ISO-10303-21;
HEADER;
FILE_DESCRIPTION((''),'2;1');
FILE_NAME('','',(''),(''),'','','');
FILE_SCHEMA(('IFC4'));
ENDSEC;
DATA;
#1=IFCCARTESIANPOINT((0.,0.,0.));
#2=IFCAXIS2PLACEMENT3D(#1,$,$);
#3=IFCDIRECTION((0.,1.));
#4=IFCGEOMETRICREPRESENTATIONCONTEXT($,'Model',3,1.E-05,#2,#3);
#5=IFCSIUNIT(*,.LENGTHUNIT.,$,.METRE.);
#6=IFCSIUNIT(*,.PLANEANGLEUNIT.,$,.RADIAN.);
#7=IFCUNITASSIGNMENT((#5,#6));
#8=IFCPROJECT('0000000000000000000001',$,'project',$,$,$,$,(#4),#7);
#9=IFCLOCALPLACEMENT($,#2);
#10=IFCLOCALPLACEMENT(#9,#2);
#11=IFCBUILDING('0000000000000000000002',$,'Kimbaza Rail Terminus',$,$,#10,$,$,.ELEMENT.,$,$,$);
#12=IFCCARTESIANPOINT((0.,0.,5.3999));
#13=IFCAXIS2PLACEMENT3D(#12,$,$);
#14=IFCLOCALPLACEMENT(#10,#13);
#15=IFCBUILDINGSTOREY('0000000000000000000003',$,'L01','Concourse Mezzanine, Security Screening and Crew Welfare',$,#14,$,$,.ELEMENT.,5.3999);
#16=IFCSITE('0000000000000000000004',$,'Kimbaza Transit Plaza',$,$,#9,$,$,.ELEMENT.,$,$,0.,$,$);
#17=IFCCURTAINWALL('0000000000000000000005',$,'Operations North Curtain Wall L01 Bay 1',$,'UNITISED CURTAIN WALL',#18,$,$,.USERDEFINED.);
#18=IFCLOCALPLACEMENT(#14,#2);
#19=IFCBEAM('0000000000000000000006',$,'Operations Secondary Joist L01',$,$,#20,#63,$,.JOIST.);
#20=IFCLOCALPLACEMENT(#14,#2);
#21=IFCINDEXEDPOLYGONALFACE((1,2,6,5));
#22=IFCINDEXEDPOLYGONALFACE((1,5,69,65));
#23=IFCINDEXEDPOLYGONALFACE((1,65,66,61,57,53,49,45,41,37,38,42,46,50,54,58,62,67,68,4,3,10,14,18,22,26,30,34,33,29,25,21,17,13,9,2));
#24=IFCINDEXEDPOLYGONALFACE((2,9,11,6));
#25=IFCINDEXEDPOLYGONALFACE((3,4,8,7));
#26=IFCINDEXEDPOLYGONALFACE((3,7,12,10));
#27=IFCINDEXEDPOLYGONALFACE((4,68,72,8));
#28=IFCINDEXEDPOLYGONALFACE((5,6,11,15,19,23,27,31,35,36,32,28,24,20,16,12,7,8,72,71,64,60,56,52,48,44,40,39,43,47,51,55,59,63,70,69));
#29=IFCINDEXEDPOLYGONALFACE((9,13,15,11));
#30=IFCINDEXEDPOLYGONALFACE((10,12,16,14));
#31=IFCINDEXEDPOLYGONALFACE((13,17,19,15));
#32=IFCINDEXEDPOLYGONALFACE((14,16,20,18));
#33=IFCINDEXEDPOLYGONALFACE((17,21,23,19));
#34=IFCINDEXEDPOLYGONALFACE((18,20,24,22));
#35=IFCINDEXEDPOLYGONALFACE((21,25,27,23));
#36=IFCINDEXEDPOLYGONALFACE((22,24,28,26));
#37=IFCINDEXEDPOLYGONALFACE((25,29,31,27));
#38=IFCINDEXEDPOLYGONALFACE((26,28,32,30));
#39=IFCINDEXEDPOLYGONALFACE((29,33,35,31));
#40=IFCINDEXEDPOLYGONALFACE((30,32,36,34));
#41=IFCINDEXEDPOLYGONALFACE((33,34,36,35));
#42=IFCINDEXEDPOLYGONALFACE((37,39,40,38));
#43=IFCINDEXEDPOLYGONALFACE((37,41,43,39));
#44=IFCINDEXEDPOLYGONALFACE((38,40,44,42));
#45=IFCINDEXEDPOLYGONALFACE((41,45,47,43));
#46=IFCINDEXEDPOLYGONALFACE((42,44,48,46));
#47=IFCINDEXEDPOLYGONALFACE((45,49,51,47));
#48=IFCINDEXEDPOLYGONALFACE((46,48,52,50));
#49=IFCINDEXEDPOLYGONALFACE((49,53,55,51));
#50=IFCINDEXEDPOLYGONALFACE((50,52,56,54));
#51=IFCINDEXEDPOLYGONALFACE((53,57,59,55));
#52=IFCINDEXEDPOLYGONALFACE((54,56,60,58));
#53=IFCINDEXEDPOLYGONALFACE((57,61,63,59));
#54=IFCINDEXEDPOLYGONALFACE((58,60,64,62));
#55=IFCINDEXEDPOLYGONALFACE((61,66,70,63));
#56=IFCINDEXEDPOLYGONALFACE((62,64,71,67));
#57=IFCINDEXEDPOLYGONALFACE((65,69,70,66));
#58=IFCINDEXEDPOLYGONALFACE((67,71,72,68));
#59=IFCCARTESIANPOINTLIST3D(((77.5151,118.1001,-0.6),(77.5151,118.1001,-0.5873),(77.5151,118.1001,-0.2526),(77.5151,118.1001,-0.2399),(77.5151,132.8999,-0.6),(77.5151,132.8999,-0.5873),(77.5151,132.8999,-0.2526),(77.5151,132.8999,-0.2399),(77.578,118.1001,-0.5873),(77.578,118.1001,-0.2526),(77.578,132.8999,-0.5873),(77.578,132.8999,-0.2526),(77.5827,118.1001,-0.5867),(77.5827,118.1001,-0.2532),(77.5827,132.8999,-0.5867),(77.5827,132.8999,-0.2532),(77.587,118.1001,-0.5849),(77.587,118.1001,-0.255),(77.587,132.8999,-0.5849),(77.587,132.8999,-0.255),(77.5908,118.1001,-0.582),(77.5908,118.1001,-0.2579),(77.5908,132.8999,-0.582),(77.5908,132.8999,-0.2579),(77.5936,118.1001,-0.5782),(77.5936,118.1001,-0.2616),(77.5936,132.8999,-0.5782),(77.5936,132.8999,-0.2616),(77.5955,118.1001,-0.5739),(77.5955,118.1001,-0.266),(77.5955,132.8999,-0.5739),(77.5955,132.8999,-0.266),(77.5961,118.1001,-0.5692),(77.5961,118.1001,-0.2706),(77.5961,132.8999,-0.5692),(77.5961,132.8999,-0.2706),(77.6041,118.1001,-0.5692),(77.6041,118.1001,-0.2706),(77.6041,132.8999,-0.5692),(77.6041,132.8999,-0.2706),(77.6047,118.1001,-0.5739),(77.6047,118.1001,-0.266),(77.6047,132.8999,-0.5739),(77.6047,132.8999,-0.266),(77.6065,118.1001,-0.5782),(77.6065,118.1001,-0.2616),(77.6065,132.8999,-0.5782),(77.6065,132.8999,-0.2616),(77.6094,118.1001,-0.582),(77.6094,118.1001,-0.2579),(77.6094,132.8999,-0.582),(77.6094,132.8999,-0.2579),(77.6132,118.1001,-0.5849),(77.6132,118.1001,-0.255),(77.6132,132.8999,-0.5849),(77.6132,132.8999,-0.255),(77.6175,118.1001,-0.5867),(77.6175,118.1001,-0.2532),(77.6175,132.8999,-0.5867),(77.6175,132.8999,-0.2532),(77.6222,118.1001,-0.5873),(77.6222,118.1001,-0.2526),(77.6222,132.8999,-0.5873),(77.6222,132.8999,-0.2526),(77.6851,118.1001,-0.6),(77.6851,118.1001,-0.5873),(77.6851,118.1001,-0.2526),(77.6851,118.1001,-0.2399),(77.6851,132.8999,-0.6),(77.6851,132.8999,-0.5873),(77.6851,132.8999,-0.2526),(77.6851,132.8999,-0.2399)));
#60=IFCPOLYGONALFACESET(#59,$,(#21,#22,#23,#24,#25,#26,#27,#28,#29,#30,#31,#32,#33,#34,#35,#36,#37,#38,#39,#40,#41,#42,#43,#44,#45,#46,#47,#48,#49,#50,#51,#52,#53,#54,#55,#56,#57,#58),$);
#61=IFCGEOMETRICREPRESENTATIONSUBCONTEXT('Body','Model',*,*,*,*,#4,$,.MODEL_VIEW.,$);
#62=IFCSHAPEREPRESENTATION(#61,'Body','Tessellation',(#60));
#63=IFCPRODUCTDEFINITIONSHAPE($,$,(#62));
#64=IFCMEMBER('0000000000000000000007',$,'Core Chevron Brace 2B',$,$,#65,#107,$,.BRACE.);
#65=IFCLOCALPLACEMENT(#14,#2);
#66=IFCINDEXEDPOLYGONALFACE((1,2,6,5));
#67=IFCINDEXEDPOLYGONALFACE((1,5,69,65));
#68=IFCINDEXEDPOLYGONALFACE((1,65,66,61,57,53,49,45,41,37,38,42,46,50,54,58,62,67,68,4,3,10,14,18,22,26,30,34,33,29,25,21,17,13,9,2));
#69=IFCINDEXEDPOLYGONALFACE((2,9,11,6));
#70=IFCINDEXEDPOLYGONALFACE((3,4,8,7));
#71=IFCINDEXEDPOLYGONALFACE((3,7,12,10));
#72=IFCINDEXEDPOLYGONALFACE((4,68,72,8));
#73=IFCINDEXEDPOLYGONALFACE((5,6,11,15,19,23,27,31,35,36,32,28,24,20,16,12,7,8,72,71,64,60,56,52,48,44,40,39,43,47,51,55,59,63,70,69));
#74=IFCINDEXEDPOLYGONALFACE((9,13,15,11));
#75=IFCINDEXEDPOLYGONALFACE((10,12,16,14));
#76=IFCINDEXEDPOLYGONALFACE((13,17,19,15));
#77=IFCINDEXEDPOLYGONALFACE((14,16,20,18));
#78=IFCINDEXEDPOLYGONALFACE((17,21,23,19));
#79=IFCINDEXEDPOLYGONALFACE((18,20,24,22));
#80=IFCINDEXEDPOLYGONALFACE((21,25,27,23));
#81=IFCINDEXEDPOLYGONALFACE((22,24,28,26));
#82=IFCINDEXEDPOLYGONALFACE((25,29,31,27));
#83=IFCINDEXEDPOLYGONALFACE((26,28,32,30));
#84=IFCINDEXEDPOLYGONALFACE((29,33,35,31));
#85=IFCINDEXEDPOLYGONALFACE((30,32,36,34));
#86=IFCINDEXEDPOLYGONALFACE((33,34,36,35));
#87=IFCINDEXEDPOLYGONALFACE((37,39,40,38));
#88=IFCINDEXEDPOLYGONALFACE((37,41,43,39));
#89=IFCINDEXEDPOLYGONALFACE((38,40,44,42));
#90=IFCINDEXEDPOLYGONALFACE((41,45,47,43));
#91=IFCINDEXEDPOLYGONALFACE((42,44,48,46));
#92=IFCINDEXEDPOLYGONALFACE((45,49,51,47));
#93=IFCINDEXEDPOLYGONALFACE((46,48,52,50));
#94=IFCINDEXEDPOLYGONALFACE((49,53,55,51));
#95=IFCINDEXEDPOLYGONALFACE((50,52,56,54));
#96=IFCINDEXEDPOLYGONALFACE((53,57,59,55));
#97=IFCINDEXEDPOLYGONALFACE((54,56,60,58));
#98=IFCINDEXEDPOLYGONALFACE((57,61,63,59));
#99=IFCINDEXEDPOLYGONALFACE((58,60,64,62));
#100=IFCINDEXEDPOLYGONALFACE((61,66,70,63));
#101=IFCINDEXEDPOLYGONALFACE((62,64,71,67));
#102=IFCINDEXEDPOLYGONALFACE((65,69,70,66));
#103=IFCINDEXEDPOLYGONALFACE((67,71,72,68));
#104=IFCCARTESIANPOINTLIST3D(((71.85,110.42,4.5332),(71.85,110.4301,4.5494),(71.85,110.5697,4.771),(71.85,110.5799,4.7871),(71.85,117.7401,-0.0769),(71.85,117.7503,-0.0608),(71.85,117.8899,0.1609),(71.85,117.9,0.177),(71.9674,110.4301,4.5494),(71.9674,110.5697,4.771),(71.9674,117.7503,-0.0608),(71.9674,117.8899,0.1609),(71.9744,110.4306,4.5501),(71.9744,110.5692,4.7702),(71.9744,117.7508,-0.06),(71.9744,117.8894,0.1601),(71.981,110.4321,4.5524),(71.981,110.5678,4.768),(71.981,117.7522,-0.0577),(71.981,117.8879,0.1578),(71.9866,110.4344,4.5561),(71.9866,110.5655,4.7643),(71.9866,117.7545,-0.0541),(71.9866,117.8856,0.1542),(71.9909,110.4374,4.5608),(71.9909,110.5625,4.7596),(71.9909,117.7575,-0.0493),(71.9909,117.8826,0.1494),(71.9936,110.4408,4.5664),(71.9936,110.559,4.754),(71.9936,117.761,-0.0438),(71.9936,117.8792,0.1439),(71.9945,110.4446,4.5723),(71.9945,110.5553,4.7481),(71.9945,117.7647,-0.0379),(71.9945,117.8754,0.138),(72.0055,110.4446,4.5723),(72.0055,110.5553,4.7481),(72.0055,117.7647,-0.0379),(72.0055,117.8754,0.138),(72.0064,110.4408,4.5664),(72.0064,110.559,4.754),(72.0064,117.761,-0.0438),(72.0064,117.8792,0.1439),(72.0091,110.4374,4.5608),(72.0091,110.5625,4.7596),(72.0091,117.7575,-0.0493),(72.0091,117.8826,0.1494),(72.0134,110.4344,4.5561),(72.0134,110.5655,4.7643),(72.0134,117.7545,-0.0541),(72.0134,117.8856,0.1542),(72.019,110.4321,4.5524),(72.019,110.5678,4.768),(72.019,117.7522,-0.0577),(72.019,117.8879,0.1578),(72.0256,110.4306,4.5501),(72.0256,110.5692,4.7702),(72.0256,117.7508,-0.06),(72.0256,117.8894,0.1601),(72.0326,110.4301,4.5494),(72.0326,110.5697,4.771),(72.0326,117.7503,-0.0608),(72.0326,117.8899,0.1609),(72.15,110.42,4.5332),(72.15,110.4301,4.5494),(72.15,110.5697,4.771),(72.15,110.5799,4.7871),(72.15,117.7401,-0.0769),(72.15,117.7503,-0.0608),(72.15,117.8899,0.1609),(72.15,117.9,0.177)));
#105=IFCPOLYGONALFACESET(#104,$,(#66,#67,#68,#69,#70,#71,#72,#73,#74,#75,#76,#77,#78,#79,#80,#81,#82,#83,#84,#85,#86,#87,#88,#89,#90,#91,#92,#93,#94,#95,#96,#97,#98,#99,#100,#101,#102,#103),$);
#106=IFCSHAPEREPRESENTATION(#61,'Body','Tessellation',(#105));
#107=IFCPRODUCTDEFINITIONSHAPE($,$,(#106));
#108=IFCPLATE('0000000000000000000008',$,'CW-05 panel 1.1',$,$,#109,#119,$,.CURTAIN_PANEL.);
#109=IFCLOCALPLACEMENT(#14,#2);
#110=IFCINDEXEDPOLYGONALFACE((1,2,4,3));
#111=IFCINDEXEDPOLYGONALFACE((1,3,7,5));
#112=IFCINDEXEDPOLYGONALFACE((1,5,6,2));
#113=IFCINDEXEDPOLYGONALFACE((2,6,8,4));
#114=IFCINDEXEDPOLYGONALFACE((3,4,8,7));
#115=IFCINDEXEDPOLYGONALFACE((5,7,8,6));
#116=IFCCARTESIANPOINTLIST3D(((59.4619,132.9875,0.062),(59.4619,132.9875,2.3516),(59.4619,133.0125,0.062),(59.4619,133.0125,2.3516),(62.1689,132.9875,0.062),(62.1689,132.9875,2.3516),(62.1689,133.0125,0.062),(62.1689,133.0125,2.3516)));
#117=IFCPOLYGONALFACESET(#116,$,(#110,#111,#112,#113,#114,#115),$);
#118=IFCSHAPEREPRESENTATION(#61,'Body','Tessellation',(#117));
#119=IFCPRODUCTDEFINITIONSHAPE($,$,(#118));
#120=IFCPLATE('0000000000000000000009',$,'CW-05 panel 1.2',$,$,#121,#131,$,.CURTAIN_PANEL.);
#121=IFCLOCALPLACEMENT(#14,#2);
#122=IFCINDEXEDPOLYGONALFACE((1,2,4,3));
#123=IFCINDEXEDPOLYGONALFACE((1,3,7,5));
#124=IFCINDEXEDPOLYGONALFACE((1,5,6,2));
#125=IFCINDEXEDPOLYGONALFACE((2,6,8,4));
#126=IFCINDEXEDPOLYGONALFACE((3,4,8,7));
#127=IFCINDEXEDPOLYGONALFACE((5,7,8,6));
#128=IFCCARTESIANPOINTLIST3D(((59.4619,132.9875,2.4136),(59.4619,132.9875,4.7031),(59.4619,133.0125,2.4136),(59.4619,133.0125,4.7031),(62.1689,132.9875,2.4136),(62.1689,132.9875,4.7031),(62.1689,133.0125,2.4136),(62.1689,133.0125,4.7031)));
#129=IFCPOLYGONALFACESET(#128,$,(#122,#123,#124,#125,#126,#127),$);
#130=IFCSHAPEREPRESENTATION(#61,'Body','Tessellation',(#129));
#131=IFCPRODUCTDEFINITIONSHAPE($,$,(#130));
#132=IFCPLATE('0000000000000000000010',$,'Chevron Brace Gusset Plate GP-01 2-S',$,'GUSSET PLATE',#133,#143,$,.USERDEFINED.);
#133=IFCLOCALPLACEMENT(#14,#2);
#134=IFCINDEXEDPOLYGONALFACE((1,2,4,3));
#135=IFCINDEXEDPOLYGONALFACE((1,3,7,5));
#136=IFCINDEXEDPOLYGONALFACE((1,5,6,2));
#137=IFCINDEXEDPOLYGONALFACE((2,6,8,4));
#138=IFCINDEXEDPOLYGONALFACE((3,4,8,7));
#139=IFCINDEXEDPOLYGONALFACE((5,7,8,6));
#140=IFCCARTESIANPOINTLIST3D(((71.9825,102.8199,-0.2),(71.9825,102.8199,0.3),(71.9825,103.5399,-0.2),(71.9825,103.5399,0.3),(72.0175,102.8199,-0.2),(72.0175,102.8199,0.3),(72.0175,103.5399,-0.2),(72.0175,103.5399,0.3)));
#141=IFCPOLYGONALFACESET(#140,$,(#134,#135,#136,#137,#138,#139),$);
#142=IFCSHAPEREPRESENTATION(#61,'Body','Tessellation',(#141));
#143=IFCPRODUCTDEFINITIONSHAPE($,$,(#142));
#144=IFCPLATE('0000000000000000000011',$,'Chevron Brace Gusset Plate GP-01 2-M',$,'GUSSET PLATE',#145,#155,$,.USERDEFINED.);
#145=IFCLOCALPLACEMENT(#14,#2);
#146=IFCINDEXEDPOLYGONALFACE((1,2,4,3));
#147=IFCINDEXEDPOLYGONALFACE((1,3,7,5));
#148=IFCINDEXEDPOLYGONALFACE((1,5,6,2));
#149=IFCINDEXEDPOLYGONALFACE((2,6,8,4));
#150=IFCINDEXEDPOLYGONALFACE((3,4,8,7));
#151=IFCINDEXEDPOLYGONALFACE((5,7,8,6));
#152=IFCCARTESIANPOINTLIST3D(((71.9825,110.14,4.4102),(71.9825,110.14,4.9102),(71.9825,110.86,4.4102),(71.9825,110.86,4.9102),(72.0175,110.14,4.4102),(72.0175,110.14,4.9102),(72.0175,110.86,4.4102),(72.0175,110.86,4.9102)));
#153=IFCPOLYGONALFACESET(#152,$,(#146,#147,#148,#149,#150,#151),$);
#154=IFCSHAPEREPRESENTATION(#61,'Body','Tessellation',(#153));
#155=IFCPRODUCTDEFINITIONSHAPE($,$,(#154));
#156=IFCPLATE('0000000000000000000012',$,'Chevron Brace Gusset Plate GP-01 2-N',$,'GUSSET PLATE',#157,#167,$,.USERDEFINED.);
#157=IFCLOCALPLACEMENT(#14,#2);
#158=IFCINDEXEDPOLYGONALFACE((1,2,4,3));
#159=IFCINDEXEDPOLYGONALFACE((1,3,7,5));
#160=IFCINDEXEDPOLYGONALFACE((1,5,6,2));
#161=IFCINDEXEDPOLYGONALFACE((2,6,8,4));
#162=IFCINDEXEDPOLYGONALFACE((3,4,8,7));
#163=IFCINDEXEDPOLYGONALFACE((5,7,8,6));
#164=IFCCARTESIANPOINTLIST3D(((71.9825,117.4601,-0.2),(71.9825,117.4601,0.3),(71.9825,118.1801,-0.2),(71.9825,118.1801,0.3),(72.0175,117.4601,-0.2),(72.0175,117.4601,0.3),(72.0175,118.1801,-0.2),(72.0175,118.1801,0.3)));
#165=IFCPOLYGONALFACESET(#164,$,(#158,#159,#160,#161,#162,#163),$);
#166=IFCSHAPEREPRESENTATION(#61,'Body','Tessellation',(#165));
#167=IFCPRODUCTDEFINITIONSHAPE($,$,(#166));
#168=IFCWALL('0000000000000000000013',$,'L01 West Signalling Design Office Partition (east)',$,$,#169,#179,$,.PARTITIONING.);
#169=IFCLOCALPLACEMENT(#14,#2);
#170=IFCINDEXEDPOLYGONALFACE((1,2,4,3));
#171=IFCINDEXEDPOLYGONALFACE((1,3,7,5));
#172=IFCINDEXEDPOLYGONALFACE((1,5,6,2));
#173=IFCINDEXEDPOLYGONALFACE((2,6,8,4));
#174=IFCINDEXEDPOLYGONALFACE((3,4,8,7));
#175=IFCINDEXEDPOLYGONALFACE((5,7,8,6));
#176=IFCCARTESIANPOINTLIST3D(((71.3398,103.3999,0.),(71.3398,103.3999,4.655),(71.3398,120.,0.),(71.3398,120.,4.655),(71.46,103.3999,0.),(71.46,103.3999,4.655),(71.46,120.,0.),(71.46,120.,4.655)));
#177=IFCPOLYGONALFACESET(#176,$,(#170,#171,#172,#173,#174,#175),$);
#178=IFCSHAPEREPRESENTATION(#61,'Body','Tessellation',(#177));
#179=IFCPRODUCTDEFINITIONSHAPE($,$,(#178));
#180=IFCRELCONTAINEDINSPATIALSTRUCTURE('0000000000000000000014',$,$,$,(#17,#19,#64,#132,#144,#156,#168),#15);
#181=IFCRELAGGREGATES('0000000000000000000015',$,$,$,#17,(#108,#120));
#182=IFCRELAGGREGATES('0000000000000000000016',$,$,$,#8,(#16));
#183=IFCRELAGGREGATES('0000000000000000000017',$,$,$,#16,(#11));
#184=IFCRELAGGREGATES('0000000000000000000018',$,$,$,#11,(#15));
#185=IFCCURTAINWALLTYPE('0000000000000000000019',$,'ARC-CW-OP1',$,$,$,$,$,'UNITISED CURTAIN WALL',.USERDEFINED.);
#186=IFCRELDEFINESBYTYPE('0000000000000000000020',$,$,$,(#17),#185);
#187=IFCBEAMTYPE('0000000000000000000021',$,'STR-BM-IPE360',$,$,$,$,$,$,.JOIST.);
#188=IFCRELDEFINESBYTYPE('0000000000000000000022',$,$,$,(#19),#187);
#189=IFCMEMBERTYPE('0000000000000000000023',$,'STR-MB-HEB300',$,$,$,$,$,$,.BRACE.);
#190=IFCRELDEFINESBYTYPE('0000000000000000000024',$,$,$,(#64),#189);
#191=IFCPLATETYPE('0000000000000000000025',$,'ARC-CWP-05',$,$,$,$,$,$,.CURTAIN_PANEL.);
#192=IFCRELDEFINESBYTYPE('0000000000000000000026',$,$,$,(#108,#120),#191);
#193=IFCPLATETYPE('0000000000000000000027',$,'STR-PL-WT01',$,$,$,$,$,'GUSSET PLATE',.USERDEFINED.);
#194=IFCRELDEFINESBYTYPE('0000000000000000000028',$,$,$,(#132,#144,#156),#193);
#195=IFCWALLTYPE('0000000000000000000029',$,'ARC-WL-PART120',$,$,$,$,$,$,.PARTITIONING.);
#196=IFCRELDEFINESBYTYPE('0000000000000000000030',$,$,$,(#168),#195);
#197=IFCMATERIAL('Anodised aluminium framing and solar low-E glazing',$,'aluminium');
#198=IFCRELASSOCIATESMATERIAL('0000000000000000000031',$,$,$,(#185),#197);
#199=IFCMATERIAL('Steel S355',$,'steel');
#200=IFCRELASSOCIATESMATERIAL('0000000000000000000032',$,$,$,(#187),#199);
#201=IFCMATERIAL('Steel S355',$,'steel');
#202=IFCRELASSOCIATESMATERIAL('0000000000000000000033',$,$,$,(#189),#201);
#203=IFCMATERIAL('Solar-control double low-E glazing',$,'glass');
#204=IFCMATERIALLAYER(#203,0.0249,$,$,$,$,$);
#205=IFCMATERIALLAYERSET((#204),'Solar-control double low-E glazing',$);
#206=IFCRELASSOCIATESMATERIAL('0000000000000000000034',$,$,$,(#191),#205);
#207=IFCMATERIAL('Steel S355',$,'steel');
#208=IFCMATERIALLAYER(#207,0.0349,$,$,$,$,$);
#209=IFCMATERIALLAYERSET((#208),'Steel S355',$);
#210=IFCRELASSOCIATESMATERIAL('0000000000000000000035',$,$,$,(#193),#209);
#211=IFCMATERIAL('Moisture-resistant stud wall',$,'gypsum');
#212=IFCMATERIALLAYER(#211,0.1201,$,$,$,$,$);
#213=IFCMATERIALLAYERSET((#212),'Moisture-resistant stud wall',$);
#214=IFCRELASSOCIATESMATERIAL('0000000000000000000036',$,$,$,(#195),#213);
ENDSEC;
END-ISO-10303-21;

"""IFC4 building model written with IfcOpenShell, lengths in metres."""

from ifc_helpers import new_model, si_unit, direction, frame, frame_2d, origin, origin_2d, place, context, subcontext, project, spatial, rectangle, i_section, extrude, material, layer, layer_set, material_profile, profile_set, type_object, element, aggregate, save


model = new_model("IFC4")

# Units and contexts
model_context = context("Model", 3, precision=1e-05, world=origin(), true_north=direction((0.0, 1.0)))
body_context = subcontext(model_context, "Body", "Model", "MODEL_VIEW")
ifc_project = project(units=[si_unit("LENGTHUNIT", "METRE"), si_unit("PLANEANGLEUNIT", "RADIAN")], contexts=[model_context])

# Site, building, storey
site_placement = place(None, origin())
site = spatial("IfcSite", under=ifc_project, at=site_placement, Name="Kimbaza Transit Plaza", CompositionType="ELEMENT", RefElevation=0.0)
building_placement = place(site_placement, origin())
building = spatial("IfcBuilding", under=site, at=building_placement, Name="Kimbaza Rail Terminus", CompositionType="ELEMENT")
storey_placement = place(building_placement, frame((0.0, 0.0, 5.3999)))
storey = spatial("IfcBuildingStorey", under=building, at=storey_placement, Name="L01", Description="Concourse Mezzanine, Security Screening and Crew Welfare", CompositionType="ELEMENT", Elevation=5.3999)

# Curtain wall
ifc_material_1 = material(Name="Anodised aluminium framing and solar low-E glazing", Category="aluminium")
curtain_wall_type = type_object("IfcCurtainWallType", Name="ARC-CW-OP1", ElementType="UNITISED CURTAIN WALL", PredefinedType="USERDEFINED", material=ifc_material_1)
curtain_wall_placement = place(storey_placement, origin())
curtain_wall = element("IfcCurtainWall", 1, at=curtain_wall_placement, inside=storey, type_object=curtain_wall_type, Name="Operations North Curtain Wall L01 Bay 1", ObjectType="UNITISED CURTAIN WALL", PredefinedType="USERDEFINED")

# Beam
ifc_material_2 = material(Name="Steel S355", Category="steel")
ifc_material_profile_1 = material_profile(ifc_material_2, i_section(OverallWidth=0.1699, OverallDepth=0.3601, WebThickness=0.0081, FlangeThickness=0.0127, FilletRadius=0.0181, at=origin_2d()), Name="IPE 360")
ifc_profile_set_1 = profile_set([ifc_material_profile_1], Name="Steel S355")
beam_type_1 = type_object("IfcBeamType", Name="STR-BM-IPE360", PredefinedType="JOIST", material=ifc_profile_set_1)
for number, where, z_axis, x_axis, name in (
    (2, (77.6001, 118.1001, -0.4199), (0.0, 1.0, 0.0), (-1.0, 0.0, 0.0), "Operations Secondary Joist L01"),
):
    element("IfcBeam", number, at=place(storey_placement, frame(where, z_axis=z_axis, x_axis=x_axis)), inside=storey, type_object=beam_type_1, Name=name, PredefinedType="JOIST", context=body_context, shape_type="SweptSolid", body=[
        extrude(i_section(OverallWidth=0.1699, OverallDepth=0.3601, WebThickness=0.0081, FlangeThickness=0.0127, FilletRadius=0.0181, at=origin_2d()), origin(), (0.0, 0.0, 1.0), 14.7998),
    ])

# Member
ifc_material_3 = material(Name="Steel S355", Category="steel")
ifc_material_profile_2 = material_profile(ifc_material_3, i_section(OverallWidth=0.3, OverallDepth=0.3, WebThickness=0.011, FlangeThickness=0.019, FilletRadius=0.0271, at=origin_2d()), Name="HEB 300")
ifc_profile_set_2 = profile_set([ifc_material_profile_2], Name="Steel S355")
member_type_1 = type_object("IfcMemberType", Name="STR-MB-HEB300", PredefinedType="BRACE", material=ifc_profile_set_2)
member_1_placement = place(storey_placement, frame((72.0, 117.8201, 0.05), z_axis=(0.0, -0.846172, 0.532911), x_axis=(1.0, 0.0, 0.0)))
element("IfcMember", 3, at=member_1_placement, inside=storey, type_object=member_type_1, Name="Core Chevron Brace 2B", PredefinedType="BRACE", context=body_context, shape_type="SweptSolid", body=[
    extrude(i_section(OverallWidth=0.3, OverallDepth=0.3, WebThickness=0.011, FlangeThickness=0.019, FilletRadius=0.0271, at=origin_2d()), origin(), (0.0, 0.0, 1.0), 8.6509),
])

# Plates
ifc_material_4 = material(Name="Solar-control double low-E glazing", Category="glass")
ifc_layer_1 = layer(ifc_material_4, 0.0249)
ifc_layer_set_1 = layer_set([ifc_layer_1], Name="Solar-control double low-E glazing")
plate_type_1 = type_object("IfcPlateType", Name="ARC-CWP-05", PredefinedType="CURTAIN_PANEL", material=ifc_layer_set_1)
plate_1_placement = place(storey_placement, frame((60.8154, 133.0, 0.062), z_axis=(0.0, 0.0, 1.0), x_axis=(1.0, 0.0, 0.0)))
plate_1 = element("IfcPlate", 4, at=plate_1_placement, type_object=plate_type_1, Name="CW-05 panel 1.1", PredefinedType="CURTAIN_PANEL", context=body_context, shape_type="SweptSolid", body=[
    extrude(rectangle(XDim=2.707, YDim=0.0249, at=origin_2d()), origin(), (0.0, 0.0, 1.0), 2.2896),
])
plate_2_placement = place(storey_placement, frame((60.8154, 133.0, 2.4136), z_axis=(0.0, 0.0, 1.0), x_axis=(1.0, 0.0, 0.0)))
plate_2 = element("IfcPlate", 5, at=plate_2_placement, type_object=plate_type_1, Name="CW-05 panel 1.2", PredefinedType="CURTAIN_PANEL", context=body_context, shape_type="SweptSolid", body=[
    extrude(rectangle(XDim=2.707, YDim=0.0249, at=origin_2d()), origin(), (0.0, 0.0, 1.0), 2.2896),
])
aggregate(curtain_wall, [plate_1, plate_2])

# Plates
ifc_material_5 = material(Name="Steel S355", Category="steel")
ifc_layer_2 = layer(ifc_material_5, 0.0349)
ifc_layer_set_2 = layer_set([ifc_layer_2], Name="Steel S355")
plate_type_2 = type_object("IfcPlateType", Name="STR-PL-WT01", ElementType="GUSSET PLATE", PredefinedType="USERDEFINED", material=ifc_layer_set_2)
for number, where, z_axis, x_axis, name in (
    (6, (72.0, 103.1799, -0.2), (0.0, 0.0, 1.0), (1.0, 0.0, 0.0), "Chevron Brace Gusset Plate GP-01 2-S"),
    (7, (72.0, 110.5, 4.4102), (0.0, 0.0, 1.0), (1.0, 0.0, 0.0), "Chevron Brace Gusset Plate GP-01 2-M"),
    (8, (72.0, 117.8201, -0.2), (0.0, 0.0, 1.0), (1.0, 0.0, 0.0), "Chevron Brace Gusset Plate GP-01 2-N"),
):
    element("IfcPlate", number, at=place(storey_placement, frame(where, z_axis=z_axis, x_axis=x_axis)), inside=storey, type_object=plate_type_2, Name=name, ObjectType="GUSSET PLATE", PredefinedType="USERDEFINED", context=body_context, shape_type="SweptSolid", body=[
        extrude(rectangle(XDim=0.0349, YDim=0.72, at=origin_2d()), origin(), (0.0, 0.0, 1.0), 0.5),
    ])

# Wall
ifc_material_6 = material(Name="Moisture-resistant stud wall", Category="gypsum")
ifc_layer_3 = layer(ifc_material_6, 0.1201)
ifc_layer_set_3 = layer_set([ifc_layer_3], Name="Moisture-resistant stud wall")
wall_type_1 = type_object("IfcWallType", Name="ARC-WL-PART120", PredefinedType="PARTITIONING", material=ifc_layer_set_3)
wall_1_placement = place(storey_placement, frame((71.3999, 103.3999, 0.0), z_axis=(0.0, 0.0, 1.0), x_axis=(0.0, 1.0, 0.0)))
element("IfcWall", 9, at=wall_1_placement, inside=storey, type_object=wall_type_1, Name="L01 West Signalling Design Office Partition (east)", PredefinedType="PARTITIONING", context=body_context, shape_type="SweptSolid", body=[
    extrude(rectangle(XDim=16.6001, YDim=0.1201, at=frame_2d((8.3, 0.0))), origin(), (0.0, 0.0, 1.0), 4.655),
])

save(model, "model.ifc")
